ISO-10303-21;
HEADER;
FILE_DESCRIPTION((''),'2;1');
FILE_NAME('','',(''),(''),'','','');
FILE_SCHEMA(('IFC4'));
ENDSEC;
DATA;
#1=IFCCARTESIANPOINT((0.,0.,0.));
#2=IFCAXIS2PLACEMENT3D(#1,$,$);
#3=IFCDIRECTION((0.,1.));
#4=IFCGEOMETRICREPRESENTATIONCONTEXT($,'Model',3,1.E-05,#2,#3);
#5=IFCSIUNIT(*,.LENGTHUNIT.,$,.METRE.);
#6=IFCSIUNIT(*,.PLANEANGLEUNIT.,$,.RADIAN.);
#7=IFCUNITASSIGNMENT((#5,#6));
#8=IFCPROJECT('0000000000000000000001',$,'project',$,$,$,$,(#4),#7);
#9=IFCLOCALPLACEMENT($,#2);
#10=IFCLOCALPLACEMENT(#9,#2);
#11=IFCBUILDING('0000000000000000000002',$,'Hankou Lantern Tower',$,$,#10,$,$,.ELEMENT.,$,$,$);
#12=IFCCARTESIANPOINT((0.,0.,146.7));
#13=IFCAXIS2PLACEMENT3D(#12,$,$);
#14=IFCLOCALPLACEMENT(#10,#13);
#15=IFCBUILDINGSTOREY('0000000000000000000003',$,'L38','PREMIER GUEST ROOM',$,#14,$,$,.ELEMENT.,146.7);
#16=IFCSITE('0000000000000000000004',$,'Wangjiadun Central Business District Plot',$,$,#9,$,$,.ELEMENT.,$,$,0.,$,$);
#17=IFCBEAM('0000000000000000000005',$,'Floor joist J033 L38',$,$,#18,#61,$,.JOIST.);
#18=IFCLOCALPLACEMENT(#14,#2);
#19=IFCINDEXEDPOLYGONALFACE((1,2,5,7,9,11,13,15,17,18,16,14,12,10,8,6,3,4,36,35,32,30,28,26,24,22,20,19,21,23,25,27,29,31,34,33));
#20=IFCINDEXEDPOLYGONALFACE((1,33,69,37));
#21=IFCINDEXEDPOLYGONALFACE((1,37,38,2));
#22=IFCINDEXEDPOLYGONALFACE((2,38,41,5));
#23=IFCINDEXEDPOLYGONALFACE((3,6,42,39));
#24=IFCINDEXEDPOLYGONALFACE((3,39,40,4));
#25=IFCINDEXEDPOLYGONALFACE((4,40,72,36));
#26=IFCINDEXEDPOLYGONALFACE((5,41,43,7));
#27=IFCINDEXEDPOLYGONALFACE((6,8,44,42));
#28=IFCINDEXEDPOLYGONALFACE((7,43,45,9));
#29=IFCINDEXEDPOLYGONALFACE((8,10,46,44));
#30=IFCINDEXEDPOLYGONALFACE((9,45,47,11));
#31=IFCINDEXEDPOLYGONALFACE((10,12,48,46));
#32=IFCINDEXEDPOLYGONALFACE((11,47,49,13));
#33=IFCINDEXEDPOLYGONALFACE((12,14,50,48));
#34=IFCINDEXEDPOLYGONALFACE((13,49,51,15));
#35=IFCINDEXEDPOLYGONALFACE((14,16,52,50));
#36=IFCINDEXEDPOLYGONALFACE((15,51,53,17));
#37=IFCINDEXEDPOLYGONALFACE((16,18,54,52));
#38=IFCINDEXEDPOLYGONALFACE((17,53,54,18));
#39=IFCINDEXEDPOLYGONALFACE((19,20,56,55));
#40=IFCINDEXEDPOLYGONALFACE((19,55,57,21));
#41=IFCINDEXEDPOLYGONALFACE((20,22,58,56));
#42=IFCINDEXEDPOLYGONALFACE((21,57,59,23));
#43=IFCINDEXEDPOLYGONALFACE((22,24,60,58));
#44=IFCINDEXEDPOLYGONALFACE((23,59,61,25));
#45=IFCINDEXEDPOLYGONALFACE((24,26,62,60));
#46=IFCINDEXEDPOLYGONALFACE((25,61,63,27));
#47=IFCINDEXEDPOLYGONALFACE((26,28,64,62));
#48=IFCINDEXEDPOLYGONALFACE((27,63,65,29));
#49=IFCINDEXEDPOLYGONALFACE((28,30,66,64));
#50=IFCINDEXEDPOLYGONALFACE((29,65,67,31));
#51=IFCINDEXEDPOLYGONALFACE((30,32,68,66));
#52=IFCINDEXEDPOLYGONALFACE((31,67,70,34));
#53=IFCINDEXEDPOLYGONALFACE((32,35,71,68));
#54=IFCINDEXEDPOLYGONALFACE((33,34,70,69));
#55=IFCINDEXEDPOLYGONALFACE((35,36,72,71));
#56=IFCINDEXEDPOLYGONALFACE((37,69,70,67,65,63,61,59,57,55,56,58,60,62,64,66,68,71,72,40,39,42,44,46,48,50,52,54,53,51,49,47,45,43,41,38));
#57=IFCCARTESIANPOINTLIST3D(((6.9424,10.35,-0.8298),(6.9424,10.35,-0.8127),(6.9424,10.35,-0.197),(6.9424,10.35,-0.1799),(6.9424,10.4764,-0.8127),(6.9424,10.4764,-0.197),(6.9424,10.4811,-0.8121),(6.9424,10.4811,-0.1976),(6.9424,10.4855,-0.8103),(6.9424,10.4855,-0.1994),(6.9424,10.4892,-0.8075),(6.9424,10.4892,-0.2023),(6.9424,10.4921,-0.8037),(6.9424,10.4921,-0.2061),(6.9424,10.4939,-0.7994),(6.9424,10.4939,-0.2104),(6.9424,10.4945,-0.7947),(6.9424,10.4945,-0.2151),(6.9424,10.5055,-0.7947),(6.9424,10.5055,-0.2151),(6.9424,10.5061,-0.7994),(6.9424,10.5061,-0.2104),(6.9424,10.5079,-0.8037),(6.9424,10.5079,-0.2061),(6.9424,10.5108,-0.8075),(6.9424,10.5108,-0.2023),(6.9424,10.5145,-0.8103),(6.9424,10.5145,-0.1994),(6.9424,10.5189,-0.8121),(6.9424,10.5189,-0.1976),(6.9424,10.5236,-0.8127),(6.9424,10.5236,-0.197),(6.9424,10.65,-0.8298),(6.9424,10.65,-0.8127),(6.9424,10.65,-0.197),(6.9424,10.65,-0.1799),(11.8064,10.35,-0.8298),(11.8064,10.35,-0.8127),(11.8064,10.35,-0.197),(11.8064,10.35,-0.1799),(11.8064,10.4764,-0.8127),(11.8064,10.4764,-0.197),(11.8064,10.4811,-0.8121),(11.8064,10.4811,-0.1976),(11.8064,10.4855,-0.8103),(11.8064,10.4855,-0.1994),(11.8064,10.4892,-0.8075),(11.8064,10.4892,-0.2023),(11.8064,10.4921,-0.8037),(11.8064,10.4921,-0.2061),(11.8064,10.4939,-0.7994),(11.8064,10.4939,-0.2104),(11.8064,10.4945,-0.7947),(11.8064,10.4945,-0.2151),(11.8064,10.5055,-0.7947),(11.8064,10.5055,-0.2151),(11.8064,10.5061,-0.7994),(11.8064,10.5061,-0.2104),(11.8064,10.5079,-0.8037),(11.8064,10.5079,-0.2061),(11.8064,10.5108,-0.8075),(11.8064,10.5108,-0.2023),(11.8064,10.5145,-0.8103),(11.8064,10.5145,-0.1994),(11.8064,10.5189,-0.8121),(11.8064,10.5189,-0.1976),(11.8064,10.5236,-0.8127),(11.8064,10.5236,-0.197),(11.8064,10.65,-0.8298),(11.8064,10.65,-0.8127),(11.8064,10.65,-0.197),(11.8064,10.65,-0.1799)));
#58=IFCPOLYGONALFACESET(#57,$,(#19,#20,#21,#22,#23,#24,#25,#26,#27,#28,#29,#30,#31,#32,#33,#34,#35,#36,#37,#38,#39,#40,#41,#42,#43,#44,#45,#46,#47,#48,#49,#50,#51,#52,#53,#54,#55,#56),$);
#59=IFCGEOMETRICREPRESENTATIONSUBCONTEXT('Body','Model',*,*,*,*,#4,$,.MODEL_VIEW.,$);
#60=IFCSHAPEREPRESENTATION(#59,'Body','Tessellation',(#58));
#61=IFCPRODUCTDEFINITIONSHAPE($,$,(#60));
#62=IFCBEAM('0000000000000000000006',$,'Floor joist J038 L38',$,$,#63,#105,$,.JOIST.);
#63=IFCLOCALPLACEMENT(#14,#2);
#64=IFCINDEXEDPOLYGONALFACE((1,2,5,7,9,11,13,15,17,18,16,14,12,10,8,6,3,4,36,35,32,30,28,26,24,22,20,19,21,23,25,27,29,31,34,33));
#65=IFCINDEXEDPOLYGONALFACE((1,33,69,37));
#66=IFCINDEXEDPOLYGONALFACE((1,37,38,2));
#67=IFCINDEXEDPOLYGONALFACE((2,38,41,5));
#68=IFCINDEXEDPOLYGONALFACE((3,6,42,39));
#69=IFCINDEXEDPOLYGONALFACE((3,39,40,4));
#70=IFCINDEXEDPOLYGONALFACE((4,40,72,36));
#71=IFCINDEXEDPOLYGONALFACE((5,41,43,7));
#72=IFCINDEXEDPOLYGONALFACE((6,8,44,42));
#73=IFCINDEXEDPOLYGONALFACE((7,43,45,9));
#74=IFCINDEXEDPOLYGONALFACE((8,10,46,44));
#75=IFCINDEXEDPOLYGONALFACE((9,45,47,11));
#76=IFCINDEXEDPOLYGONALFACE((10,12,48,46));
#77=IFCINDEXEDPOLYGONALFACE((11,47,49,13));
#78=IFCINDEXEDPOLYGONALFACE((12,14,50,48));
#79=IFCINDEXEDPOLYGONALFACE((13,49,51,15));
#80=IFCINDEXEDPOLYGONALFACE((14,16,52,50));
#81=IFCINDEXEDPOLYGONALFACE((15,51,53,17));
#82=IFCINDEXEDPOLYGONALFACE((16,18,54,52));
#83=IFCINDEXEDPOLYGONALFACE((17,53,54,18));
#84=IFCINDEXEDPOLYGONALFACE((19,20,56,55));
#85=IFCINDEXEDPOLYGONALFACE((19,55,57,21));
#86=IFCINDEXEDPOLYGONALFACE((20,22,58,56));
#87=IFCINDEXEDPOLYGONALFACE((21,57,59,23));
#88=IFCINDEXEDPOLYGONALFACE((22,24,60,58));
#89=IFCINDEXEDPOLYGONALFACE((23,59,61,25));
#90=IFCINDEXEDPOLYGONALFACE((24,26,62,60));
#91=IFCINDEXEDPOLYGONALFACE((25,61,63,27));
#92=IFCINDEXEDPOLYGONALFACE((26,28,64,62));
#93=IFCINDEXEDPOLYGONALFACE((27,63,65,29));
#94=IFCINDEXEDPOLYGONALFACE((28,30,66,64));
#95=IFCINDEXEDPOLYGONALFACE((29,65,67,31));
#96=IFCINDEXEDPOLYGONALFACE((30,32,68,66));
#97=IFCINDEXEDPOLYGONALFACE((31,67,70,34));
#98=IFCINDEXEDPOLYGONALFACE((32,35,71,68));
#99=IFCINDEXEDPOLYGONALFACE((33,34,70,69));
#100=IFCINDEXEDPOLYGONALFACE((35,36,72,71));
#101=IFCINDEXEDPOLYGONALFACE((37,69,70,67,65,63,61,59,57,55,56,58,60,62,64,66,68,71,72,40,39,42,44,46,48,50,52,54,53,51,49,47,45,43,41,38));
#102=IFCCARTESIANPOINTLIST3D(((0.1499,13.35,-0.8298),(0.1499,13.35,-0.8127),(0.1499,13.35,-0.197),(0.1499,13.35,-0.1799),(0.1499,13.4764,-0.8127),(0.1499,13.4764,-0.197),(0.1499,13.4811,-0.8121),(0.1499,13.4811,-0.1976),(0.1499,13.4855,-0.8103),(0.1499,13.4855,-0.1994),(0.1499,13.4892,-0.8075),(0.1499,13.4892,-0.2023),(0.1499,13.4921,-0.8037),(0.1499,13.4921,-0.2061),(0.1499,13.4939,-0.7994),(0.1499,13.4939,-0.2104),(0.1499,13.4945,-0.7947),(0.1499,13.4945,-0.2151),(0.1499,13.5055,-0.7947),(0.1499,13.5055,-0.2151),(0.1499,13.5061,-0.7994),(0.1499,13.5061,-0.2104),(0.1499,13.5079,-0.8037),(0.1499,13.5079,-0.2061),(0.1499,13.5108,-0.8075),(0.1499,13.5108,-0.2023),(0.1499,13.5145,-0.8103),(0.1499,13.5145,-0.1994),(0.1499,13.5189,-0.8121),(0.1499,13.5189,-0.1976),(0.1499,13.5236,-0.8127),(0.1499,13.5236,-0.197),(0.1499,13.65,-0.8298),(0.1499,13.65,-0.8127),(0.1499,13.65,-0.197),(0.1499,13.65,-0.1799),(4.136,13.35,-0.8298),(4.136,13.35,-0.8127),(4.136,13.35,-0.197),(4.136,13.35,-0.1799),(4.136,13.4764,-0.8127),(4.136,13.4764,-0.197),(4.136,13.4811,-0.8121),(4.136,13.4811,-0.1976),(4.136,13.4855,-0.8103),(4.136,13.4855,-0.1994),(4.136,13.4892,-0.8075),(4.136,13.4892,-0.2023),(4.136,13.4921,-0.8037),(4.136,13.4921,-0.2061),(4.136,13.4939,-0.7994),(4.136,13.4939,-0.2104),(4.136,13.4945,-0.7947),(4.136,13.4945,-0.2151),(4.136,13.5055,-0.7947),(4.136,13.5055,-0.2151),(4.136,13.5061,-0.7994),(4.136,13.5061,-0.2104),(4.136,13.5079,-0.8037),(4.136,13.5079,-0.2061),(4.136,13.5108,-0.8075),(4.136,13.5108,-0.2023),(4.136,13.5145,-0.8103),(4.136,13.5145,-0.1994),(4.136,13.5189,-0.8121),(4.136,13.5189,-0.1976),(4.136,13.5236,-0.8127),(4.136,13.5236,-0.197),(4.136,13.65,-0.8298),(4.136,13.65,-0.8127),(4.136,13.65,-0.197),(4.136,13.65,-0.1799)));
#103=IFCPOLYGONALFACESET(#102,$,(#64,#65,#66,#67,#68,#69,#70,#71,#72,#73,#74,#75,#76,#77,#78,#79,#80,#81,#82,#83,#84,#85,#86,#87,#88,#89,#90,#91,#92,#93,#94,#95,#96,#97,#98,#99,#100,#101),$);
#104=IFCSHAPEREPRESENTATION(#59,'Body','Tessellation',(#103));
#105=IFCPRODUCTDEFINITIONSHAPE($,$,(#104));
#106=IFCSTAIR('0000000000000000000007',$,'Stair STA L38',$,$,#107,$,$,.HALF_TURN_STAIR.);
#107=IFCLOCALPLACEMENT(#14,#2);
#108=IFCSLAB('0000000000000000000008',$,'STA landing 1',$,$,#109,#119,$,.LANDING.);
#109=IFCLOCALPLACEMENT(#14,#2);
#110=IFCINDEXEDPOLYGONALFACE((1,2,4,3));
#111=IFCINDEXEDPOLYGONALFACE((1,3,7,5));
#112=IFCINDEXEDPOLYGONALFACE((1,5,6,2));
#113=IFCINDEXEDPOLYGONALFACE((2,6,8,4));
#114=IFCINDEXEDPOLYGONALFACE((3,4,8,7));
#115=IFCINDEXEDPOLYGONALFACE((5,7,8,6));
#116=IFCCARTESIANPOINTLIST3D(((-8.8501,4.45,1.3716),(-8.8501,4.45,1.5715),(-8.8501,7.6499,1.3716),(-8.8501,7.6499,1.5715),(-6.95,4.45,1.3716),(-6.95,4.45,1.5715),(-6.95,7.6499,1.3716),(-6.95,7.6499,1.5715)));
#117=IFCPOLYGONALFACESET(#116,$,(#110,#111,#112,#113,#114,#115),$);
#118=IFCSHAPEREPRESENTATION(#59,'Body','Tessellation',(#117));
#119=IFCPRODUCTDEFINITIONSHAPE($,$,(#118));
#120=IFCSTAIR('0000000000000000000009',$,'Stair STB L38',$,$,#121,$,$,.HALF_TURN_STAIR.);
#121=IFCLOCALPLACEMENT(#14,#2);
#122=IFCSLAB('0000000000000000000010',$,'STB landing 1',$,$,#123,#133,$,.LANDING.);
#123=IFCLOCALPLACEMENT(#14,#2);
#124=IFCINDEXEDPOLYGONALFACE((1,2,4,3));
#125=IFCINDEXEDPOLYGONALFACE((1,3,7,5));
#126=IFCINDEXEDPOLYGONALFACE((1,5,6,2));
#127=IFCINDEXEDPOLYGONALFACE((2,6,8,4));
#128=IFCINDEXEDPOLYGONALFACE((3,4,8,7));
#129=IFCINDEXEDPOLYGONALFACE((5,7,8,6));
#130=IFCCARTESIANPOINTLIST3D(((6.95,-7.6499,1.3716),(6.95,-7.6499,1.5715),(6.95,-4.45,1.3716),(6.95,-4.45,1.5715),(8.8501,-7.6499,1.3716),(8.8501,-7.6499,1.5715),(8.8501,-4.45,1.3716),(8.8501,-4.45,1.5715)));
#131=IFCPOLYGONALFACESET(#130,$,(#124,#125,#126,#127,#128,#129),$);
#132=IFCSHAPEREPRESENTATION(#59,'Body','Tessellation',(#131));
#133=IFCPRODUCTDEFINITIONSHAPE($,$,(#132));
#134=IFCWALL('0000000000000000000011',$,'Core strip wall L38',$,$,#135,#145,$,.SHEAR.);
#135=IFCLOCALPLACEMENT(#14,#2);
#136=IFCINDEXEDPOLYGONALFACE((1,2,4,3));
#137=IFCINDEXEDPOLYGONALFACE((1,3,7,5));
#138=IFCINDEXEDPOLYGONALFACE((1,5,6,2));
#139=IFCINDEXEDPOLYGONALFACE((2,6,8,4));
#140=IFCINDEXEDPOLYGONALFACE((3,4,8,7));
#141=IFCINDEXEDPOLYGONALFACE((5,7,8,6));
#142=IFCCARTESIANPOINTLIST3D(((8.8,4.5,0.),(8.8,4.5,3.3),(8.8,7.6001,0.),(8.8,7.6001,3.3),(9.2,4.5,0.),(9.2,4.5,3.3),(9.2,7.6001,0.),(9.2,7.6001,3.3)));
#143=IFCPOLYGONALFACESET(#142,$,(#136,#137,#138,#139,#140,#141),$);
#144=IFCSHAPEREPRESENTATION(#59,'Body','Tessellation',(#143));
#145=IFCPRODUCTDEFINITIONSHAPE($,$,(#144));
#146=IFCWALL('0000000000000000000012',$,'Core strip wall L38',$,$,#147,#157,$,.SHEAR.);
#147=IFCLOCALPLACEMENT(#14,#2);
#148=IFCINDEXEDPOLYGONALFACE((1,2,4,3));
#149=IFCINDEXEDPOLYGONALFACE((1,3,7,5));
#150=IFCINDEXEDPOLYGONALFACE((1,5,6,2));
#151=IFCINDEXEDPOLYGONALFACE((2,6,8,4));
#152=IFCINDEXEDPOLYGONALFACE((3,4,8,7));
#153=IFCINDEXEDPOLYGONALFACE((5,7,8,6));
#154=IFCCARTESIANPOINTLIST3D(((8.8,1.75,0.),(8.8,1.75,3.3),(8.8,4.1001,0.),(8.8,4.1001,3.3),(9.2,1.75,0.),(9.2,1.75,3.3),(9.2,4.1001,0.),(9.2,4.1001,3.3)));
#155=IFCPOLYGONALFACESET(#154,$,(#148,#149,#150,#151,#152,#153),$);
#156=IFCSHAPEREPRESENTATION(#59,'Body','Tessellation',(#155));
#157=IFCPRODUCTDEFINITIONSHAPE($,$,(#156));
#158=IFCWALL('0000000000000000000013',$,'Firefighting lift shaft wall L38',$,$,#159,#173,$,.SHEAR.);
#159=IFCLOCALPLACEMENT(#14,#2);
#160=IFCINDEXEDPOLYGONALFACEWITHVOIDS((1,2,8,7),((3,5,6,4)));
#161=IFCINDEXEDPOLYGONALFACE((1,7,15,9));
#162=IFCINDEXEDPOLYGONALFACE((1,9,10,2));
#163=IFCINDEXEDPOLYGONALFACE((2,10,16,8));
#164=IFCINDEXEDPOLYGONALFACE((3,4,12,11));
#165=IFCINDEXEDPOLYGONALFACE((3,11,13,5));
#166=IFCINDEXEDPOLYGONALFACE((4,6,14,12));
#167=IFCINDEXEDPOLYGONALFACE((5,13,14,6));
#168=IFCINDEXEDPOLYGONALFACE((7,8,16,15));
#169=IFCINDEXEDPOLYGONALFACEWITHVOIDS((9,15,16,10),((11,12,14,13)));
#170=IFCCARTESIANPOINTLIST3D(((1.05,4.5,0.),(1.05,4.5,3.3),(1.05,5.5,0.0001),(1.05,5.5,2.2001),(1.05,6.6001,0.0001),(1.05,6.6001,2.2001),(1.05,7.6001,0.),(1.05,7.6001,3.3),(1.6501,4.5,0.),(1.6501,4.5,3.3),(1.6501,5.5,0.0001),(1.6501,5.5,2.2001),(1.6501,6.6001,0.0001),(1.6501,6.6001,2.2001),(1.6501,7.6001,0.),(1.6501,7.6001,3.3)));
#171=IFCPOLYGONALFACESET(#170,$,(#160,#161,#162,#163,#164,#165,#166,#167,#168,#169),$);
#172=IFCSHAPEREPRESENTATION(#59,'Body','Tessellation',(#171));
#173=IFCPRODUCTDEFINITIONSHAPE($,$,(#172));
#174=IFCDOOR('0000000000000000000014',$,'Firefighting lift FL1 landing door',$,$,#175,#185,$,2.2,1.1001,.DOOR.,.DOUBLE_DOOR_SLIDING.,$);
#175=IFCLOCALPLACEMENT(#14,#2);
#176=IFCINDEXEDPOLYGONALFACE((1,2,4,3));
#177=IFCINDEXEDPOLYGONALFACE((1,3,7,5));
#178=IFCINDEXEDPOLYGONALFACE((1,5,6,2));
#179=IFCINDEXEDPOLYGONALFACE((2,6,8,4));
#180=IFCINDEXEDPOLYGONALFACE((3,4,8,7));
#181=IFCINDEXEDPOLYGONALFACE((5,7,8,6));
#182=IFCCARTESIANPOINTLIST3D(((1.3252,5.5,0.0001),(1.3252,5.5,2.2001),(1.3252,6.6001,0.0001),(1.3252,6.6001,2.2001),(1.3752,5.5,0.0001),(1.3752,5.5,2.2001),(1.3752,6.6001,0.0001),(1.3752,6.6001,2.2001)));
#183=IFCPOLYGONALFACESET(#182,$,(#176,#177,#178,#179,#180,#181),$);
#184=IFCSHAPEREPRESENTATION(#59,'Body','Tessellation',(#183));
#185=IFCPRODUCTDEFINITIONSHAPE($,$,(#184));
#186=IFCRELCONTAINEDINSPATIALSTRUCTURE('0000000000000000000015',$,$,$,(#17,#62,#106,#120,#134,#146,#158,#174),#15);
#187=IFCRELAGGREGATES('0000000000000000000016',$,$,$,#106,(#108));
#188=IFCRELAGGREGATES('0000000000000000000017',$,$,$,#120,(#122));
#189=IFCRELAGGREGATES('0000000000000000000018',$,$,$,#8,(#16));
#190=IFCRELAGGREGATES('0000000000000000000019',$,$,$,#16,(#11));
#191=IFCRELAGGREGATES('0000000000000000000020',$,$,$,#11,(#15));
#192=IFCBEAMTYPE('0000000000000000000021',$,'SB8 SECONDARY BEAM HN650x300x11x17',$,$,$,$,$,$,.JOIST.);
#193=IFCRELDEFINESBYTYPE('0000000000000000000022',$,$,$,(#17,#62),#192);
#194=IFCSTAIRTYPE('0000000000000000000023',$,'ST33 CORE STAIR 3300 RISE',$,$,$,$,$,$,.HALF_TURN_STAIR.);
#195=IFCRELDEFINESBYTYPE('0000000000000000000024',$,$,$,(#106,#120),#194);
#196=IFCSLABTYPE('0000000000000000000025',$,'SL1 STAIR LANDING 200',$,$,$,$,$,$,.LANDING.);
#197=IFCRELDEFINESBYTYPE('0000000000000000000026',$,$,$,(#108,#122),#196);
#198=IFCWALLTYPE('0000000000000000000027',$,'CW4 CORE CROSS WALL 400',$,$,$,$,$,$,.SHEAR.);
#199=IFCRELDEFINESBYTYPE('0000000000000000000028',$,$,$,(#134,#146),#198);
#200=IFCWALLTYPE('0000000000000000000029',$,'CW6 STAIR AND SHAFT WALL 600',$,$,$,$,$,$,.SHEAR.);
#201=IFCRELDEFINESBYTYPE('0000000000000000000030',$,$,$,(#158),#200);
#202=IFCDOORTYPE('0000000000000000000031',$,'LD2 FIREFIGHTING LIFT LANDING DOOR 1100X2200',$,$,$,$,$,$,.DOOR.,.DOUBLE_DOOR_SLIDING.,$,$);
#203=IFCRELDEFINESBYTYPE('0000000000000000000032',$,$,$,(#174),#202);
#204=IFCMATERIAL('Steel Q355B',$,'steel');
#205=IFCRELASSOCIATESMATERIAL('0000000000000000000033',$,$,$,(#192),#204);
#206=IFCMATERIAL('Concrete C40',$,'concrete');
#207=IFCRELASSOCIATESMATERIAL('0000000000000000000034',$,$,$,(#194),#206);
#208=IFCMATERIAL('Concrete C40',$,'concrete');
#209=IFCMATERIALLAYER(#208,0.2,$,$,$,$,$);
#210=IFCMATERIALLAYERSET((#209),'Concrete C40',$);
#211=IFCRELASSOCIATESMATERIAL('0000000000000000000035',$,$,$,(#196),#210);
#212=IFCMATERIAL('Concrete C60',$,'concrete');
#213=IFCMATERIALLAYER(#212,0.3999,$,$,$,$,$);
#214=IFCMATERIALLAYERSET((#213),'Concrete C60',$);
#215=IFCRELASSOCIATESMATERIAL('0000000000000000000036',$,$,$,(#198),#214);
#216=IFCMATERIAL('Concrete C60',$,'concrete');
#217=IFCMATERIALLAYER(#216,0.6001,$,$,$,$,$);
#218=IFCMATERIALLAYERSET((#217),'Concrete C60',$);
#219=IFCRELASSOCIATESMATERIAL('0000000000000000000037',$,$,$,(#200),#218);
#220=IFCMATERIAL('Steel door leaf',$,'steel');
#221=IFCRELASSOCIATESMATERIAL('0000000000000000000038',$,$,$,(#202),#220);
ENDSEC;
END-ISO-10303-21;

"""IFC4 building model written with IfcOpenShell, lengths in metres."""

from ifc_helpers import new_model, si_unit, direction, frame, frame_2d, origin, origin_2d, place, context, subcontext, project, spatial, polyline, rectangle, i_section, outline, extrude, material, layer, layer_set, material_profile, profile_set, type_object, element, fill, aggregate, save


model = new_model("IFC4")

# Units and contexts
model_context = context("Model", 3, precision=1e-05, world=origin(), true_north=direction((0.0, 1.0)))
body_context = subcontext(model_context, "Body", "Model", "MODEL_VIEW")
ifc_project = project(units=[si_unit("LENGTHUNIT", "METRE"), si_unit("PLANEANGLEUNIT", "RADIAN")], contexts=[model_context])

# Site, building, storey
site_placement = place(None, origin())
site = spatial("IfcSite", under=ifc_project, at=site_placement, Name="Wangjiadun Central Business District Plot", CompositionType="ELEMENT", RefElevation=0.0)
building_placement = place(site_placement, origin())
building = spatial("IfcBuilding", under=site, at=building_placement, Name="Hankou Lantern Tower", CompositionType="ELEMENT")
storey_placement = place(building_placement, frame((0.0, 0.0, 146.7)))
storey = spatial("IfcBuildingStorey", under=building, at=storey_placement, Name="L38", Description="PREMIER GUEST ROOM", CompositionType="ELEMENT", Elevation=146.7)

# Beams
ifc_material_1 = material(Name="Steel Q355B", Category="steel")
ifc_material_profile_1 = material_profile(ifc_material_1, i_section(OverallWidth=0.3, OverallDepth=0.6499, WebThickness=0.011, FlangeThickness=0.0171, FilletRadius=0.0181, at=origin_2d()), Name="HN650x300x11x17")
ifc_profile_set_1 = profile_set([ifc_material_profile_1], Name="Steel Q355B")
beam_type_1 = type_object("IfcBeamType", Name="SB8 SECONDARY BEAM HN650x300x11x17", PredefinedType="JOIST", material=ifc_profile_set_1)
beam_1_placement = place(storey_placement, frame((6.9424, 10.5, -0.5049), z_axis=(1.0, 0.0, 0.0), x_axis=(0.0, 1.0, 0.0)))
element("IfcBeam", 1, at=beam_1_placement, inside=storey, type_object=beam_type_1, Name="Floor joist J033 L38", PredefinedType="JOIST", context=body_context, shape_type="SweptSolid", body=[
    extrude(i_section(OverallWidth=0.3, OverallDepth=0.6499, WebThickness=0.011, FlangeThickness=0.0171, FilletRadius=0.0181, at=origin_2d()), origin(), (0.0, 0.0, 1.0), 4.864),
])
beam_2_placement = place(storey_placement, frame((0.1499, 13.5, -0.5049), z_axis=(1.0, 0.0, 0.0), x_axis=(0.0, 1.0, 0.0)))
element("IfcBeam", 2, at=beam_2_placement, inside=storey, type_object=beam_type_1, Name="Floor joist J038 L38", PredefinedType="JOIST", context=body_context, shape_type="SweptSolid", body=[
    extrude(i_section(OverallWidth=0.3, OverallDepth=0.6499, WebThickness=0.011, FlangeThickness=0.0171, FilletRadius=0.0181, at=origin_2d()), origin(), (0.0, 0.0, 1.0), 3.9861),
])

# Stairs, slabs
ifc_material_2 = material(Name="Concrete C40", Category="concrete")
stair_type = type_object("IfcStairType", Name="ST33 CORE STAIR 3300 RISE", PredefinedType="HALF_TURN_STAIR", material=ifc_material_2)
stair_1_placement = place(storey_placement, origin())
stair_1 = element("IfcStair", 3, at=stair_1_placement, inside=storey, type_object=stair_type, Name="Stair STA L38", PredefinedType="HALF_TURN_STAIR")
ifc_material_3 = material(Name="Concrete C40", Category="concrete")
ifc_layer_1 = layer(ifc_material_3, 0.2)
ifc_layer_set_1 = layer_set([ifc_layer_1], Name="Concrete C40")
slab_type = type_object("IfcSlabType", Name="SL1 STAIR LANDING 200", PredefinedType="LANDING", material=ifc_layer_set_1)
slab_1_placement = place(storey_placement, frame((0.0, 0.0, 1.3716)))
slab_1 = element("IfcSlab", 4, at=slab_1_placement, type_object=slab_type, Name="STA landing 1", PredefinedType="LANDING", context=body_context, shape_type="SweptSolid", body=[
    extrude(outline(polyline([(-8.8501, 4.45), (-6.95, 4.45), (-6.95, 7.6499), (-8.8501, 7.6499), (-8.8501, 4.45)])), origin(), (0.0, 0.0, 1.0), 0.2),
])
aggregate(stair_1, [slab_1])
stair_2_placement = place(storey_placement, origin())
stair_2 = element("IfcStair", 5, at=stair_2_placement, inside=storey, type_object=stair_type, Name="Stair STB L38", PredefinedType="HALF_TURN_STAIR")
slab_2_placement = place(storey_placement, frame((0.0, 0.0, 1.3716)))
slab_2 = element("IfcSlab", 6, at=slab_2_placement, type_object=slab_type, Name="STB landing 1", PredefinedType="LANDING", context=body_context, shape_type="SweptSolid", body=[
    extrude(outline(polyline([(8.8501, -4.45), (6.95, -4.45), (6.95, -7.6499), (8.8501, -7.6499), (8.8501, -4.45)])), origin(), (0.0, 0.0, 1.0), 0.2),
])
aggregate(stair_2, [slab_2])

# Walls
ifc_material_4 = material(Name="Concrete C60", Category="concrete")
ifc_layer_2 = layer(ifc_material_4, 0.3999)
ifc_layer_set_2 = layer_set([ifc_layer_2], Name="Concrete C60")
wall_type_1 = type_object("IfcWallType", Name="CW4 CORE CROSS WALL 400", PredefinedType="SHEAR", material=ifc_layer_set_2)
wall_1_placement = place(storey_placement, frame((9.0, 4.5, 0.0), z_axis=(0.0, 0.0, 1.0), x_axis=(0.0, 1.0, 0.0)))
element("IfcWall", 7, at=wall_1_placement, inside=storey, type_object=wall_type_1, Name="Core strip wall L38", PredefinedType="SHEAR", context=body_context, shape_type="SweptSolid", body=[
    extrude(rectangle(XDim=3.1001, YDim=0.3999, at=frame_2d((1.55, 0.0))), origin(), (0.0, 0.0, 1.0), 3.3),
])
wall_2_placement = place(storey_placement, frame((9.0, 1.75, 0.0), z_axis=(0.0, 0.0, 1.0), x_axis=(0.0, 1.0, 0.0)))
element("IfcWall", 8, at=wall_2_placement, inside=storey, type_object=wall_type_1, Name="Core strip wall L38", PredefinedType="SHEAR", context=body_context, shape_type="SweptSolid", body=[
    extrude(rectangle(XDim=2.3501, YDim=0.3999, at=frame_2d((1.175, 0.0))), origin(), (0.0, 0.0, 1.0), 3.3),
])

# Wall, opening, door
ifc_material_5 = material(Name="Concrete C60", Category="concrete")
ifc_layer_3 = layer(ifc_material_5, 0.6001)
ifc_layer_set_3 = layer_set([ifc_layer_3], Name="Concrete C60")
wall_type_2 = type_object("IfcWallType", Name="CW6 STAIR AND SHAFT WALL 600", PredefinedType="SHEAR", material=ifc_layer_set_3)
wall_3_placement = place(storey_placement, frame((1.3501, 4.5, 0.0), z_axis=(0.0, 0.0, 1.0), x_axis=(0.0, 1.0, 0.0)))
wall_3 = element("IfcWall", 9, at=wall_3_placement, inside=storey, type_object=wall_type_2, Name="Firefighting lift shaft wall L38", PredefinedType="SHEAR", context=body_context, shape_type="SweptSolid", body=[
    extrude(rectangle(XDim=3.1001, YDim=0.6001, at=frame_2d((1.55, 0.0))), origin(), (0.0, 0.0, 1.0), 3.3),
])
opening_1_placement = place(wall_3_placement, frame((1.0, 0.0, 0.0)))
opening_1 = element("IfcOpeningElement", 10, at=opening_1_placement, cuts=wall_3, PredefinedType="OPENING", context=body_context, shape_type="SweptSolid", body=[
    extrude(rectangle(XDim=1.1001, YDim=2.2, at=frame_2d((0.55, 1.1001))), frame((0.0, 0.3101, 0.0), z_axis=(0.0, -1.0, 0.0), x_axis=(1.0, 0.0, 0.0)), (0.0, 0.0, 1.0), 0.6201),
])
ifc_material_6 = material(Name="Steel door leaf", Category="steel")
door_type_1 = type_object("IfcDoorType", Name="LD2 FIREFIGHTING LIFT LANDING DOOR 1100X2200", OperationType="DOUBLE_DOOR_SLIDING", PredefinedType="DOOR", material=ifc_material_6)
door_1_placement = place(opening_1_placement, origin())
door_1 = element("IfcDoor", 11, at=door_1_placement, inside=storey, type_object=door_type_1, Name="Firefighting lift FL1 landing door", OperationType="DOUBLE_DOOR_SLIDING", OverallHeight=2.2, OverallWidth=1.1001, PredefinedType="DOOR", context=body_context, shape_type="SweptSolid", body=[
    extrude(rectangle(XDim=1.1001, YDim=2.2, at=frame_2d((0.55, 1.1001))), frame((0.0, 0.0249, 0.0), z_axis=(0.0, -1.0, 0.0), x_axis=(1.0, 0.0, 0.0)), (0.0, 0.0, 1.0), 0.05),
])
fill(opening_1, door_1)

save(model, "model.ifc")
